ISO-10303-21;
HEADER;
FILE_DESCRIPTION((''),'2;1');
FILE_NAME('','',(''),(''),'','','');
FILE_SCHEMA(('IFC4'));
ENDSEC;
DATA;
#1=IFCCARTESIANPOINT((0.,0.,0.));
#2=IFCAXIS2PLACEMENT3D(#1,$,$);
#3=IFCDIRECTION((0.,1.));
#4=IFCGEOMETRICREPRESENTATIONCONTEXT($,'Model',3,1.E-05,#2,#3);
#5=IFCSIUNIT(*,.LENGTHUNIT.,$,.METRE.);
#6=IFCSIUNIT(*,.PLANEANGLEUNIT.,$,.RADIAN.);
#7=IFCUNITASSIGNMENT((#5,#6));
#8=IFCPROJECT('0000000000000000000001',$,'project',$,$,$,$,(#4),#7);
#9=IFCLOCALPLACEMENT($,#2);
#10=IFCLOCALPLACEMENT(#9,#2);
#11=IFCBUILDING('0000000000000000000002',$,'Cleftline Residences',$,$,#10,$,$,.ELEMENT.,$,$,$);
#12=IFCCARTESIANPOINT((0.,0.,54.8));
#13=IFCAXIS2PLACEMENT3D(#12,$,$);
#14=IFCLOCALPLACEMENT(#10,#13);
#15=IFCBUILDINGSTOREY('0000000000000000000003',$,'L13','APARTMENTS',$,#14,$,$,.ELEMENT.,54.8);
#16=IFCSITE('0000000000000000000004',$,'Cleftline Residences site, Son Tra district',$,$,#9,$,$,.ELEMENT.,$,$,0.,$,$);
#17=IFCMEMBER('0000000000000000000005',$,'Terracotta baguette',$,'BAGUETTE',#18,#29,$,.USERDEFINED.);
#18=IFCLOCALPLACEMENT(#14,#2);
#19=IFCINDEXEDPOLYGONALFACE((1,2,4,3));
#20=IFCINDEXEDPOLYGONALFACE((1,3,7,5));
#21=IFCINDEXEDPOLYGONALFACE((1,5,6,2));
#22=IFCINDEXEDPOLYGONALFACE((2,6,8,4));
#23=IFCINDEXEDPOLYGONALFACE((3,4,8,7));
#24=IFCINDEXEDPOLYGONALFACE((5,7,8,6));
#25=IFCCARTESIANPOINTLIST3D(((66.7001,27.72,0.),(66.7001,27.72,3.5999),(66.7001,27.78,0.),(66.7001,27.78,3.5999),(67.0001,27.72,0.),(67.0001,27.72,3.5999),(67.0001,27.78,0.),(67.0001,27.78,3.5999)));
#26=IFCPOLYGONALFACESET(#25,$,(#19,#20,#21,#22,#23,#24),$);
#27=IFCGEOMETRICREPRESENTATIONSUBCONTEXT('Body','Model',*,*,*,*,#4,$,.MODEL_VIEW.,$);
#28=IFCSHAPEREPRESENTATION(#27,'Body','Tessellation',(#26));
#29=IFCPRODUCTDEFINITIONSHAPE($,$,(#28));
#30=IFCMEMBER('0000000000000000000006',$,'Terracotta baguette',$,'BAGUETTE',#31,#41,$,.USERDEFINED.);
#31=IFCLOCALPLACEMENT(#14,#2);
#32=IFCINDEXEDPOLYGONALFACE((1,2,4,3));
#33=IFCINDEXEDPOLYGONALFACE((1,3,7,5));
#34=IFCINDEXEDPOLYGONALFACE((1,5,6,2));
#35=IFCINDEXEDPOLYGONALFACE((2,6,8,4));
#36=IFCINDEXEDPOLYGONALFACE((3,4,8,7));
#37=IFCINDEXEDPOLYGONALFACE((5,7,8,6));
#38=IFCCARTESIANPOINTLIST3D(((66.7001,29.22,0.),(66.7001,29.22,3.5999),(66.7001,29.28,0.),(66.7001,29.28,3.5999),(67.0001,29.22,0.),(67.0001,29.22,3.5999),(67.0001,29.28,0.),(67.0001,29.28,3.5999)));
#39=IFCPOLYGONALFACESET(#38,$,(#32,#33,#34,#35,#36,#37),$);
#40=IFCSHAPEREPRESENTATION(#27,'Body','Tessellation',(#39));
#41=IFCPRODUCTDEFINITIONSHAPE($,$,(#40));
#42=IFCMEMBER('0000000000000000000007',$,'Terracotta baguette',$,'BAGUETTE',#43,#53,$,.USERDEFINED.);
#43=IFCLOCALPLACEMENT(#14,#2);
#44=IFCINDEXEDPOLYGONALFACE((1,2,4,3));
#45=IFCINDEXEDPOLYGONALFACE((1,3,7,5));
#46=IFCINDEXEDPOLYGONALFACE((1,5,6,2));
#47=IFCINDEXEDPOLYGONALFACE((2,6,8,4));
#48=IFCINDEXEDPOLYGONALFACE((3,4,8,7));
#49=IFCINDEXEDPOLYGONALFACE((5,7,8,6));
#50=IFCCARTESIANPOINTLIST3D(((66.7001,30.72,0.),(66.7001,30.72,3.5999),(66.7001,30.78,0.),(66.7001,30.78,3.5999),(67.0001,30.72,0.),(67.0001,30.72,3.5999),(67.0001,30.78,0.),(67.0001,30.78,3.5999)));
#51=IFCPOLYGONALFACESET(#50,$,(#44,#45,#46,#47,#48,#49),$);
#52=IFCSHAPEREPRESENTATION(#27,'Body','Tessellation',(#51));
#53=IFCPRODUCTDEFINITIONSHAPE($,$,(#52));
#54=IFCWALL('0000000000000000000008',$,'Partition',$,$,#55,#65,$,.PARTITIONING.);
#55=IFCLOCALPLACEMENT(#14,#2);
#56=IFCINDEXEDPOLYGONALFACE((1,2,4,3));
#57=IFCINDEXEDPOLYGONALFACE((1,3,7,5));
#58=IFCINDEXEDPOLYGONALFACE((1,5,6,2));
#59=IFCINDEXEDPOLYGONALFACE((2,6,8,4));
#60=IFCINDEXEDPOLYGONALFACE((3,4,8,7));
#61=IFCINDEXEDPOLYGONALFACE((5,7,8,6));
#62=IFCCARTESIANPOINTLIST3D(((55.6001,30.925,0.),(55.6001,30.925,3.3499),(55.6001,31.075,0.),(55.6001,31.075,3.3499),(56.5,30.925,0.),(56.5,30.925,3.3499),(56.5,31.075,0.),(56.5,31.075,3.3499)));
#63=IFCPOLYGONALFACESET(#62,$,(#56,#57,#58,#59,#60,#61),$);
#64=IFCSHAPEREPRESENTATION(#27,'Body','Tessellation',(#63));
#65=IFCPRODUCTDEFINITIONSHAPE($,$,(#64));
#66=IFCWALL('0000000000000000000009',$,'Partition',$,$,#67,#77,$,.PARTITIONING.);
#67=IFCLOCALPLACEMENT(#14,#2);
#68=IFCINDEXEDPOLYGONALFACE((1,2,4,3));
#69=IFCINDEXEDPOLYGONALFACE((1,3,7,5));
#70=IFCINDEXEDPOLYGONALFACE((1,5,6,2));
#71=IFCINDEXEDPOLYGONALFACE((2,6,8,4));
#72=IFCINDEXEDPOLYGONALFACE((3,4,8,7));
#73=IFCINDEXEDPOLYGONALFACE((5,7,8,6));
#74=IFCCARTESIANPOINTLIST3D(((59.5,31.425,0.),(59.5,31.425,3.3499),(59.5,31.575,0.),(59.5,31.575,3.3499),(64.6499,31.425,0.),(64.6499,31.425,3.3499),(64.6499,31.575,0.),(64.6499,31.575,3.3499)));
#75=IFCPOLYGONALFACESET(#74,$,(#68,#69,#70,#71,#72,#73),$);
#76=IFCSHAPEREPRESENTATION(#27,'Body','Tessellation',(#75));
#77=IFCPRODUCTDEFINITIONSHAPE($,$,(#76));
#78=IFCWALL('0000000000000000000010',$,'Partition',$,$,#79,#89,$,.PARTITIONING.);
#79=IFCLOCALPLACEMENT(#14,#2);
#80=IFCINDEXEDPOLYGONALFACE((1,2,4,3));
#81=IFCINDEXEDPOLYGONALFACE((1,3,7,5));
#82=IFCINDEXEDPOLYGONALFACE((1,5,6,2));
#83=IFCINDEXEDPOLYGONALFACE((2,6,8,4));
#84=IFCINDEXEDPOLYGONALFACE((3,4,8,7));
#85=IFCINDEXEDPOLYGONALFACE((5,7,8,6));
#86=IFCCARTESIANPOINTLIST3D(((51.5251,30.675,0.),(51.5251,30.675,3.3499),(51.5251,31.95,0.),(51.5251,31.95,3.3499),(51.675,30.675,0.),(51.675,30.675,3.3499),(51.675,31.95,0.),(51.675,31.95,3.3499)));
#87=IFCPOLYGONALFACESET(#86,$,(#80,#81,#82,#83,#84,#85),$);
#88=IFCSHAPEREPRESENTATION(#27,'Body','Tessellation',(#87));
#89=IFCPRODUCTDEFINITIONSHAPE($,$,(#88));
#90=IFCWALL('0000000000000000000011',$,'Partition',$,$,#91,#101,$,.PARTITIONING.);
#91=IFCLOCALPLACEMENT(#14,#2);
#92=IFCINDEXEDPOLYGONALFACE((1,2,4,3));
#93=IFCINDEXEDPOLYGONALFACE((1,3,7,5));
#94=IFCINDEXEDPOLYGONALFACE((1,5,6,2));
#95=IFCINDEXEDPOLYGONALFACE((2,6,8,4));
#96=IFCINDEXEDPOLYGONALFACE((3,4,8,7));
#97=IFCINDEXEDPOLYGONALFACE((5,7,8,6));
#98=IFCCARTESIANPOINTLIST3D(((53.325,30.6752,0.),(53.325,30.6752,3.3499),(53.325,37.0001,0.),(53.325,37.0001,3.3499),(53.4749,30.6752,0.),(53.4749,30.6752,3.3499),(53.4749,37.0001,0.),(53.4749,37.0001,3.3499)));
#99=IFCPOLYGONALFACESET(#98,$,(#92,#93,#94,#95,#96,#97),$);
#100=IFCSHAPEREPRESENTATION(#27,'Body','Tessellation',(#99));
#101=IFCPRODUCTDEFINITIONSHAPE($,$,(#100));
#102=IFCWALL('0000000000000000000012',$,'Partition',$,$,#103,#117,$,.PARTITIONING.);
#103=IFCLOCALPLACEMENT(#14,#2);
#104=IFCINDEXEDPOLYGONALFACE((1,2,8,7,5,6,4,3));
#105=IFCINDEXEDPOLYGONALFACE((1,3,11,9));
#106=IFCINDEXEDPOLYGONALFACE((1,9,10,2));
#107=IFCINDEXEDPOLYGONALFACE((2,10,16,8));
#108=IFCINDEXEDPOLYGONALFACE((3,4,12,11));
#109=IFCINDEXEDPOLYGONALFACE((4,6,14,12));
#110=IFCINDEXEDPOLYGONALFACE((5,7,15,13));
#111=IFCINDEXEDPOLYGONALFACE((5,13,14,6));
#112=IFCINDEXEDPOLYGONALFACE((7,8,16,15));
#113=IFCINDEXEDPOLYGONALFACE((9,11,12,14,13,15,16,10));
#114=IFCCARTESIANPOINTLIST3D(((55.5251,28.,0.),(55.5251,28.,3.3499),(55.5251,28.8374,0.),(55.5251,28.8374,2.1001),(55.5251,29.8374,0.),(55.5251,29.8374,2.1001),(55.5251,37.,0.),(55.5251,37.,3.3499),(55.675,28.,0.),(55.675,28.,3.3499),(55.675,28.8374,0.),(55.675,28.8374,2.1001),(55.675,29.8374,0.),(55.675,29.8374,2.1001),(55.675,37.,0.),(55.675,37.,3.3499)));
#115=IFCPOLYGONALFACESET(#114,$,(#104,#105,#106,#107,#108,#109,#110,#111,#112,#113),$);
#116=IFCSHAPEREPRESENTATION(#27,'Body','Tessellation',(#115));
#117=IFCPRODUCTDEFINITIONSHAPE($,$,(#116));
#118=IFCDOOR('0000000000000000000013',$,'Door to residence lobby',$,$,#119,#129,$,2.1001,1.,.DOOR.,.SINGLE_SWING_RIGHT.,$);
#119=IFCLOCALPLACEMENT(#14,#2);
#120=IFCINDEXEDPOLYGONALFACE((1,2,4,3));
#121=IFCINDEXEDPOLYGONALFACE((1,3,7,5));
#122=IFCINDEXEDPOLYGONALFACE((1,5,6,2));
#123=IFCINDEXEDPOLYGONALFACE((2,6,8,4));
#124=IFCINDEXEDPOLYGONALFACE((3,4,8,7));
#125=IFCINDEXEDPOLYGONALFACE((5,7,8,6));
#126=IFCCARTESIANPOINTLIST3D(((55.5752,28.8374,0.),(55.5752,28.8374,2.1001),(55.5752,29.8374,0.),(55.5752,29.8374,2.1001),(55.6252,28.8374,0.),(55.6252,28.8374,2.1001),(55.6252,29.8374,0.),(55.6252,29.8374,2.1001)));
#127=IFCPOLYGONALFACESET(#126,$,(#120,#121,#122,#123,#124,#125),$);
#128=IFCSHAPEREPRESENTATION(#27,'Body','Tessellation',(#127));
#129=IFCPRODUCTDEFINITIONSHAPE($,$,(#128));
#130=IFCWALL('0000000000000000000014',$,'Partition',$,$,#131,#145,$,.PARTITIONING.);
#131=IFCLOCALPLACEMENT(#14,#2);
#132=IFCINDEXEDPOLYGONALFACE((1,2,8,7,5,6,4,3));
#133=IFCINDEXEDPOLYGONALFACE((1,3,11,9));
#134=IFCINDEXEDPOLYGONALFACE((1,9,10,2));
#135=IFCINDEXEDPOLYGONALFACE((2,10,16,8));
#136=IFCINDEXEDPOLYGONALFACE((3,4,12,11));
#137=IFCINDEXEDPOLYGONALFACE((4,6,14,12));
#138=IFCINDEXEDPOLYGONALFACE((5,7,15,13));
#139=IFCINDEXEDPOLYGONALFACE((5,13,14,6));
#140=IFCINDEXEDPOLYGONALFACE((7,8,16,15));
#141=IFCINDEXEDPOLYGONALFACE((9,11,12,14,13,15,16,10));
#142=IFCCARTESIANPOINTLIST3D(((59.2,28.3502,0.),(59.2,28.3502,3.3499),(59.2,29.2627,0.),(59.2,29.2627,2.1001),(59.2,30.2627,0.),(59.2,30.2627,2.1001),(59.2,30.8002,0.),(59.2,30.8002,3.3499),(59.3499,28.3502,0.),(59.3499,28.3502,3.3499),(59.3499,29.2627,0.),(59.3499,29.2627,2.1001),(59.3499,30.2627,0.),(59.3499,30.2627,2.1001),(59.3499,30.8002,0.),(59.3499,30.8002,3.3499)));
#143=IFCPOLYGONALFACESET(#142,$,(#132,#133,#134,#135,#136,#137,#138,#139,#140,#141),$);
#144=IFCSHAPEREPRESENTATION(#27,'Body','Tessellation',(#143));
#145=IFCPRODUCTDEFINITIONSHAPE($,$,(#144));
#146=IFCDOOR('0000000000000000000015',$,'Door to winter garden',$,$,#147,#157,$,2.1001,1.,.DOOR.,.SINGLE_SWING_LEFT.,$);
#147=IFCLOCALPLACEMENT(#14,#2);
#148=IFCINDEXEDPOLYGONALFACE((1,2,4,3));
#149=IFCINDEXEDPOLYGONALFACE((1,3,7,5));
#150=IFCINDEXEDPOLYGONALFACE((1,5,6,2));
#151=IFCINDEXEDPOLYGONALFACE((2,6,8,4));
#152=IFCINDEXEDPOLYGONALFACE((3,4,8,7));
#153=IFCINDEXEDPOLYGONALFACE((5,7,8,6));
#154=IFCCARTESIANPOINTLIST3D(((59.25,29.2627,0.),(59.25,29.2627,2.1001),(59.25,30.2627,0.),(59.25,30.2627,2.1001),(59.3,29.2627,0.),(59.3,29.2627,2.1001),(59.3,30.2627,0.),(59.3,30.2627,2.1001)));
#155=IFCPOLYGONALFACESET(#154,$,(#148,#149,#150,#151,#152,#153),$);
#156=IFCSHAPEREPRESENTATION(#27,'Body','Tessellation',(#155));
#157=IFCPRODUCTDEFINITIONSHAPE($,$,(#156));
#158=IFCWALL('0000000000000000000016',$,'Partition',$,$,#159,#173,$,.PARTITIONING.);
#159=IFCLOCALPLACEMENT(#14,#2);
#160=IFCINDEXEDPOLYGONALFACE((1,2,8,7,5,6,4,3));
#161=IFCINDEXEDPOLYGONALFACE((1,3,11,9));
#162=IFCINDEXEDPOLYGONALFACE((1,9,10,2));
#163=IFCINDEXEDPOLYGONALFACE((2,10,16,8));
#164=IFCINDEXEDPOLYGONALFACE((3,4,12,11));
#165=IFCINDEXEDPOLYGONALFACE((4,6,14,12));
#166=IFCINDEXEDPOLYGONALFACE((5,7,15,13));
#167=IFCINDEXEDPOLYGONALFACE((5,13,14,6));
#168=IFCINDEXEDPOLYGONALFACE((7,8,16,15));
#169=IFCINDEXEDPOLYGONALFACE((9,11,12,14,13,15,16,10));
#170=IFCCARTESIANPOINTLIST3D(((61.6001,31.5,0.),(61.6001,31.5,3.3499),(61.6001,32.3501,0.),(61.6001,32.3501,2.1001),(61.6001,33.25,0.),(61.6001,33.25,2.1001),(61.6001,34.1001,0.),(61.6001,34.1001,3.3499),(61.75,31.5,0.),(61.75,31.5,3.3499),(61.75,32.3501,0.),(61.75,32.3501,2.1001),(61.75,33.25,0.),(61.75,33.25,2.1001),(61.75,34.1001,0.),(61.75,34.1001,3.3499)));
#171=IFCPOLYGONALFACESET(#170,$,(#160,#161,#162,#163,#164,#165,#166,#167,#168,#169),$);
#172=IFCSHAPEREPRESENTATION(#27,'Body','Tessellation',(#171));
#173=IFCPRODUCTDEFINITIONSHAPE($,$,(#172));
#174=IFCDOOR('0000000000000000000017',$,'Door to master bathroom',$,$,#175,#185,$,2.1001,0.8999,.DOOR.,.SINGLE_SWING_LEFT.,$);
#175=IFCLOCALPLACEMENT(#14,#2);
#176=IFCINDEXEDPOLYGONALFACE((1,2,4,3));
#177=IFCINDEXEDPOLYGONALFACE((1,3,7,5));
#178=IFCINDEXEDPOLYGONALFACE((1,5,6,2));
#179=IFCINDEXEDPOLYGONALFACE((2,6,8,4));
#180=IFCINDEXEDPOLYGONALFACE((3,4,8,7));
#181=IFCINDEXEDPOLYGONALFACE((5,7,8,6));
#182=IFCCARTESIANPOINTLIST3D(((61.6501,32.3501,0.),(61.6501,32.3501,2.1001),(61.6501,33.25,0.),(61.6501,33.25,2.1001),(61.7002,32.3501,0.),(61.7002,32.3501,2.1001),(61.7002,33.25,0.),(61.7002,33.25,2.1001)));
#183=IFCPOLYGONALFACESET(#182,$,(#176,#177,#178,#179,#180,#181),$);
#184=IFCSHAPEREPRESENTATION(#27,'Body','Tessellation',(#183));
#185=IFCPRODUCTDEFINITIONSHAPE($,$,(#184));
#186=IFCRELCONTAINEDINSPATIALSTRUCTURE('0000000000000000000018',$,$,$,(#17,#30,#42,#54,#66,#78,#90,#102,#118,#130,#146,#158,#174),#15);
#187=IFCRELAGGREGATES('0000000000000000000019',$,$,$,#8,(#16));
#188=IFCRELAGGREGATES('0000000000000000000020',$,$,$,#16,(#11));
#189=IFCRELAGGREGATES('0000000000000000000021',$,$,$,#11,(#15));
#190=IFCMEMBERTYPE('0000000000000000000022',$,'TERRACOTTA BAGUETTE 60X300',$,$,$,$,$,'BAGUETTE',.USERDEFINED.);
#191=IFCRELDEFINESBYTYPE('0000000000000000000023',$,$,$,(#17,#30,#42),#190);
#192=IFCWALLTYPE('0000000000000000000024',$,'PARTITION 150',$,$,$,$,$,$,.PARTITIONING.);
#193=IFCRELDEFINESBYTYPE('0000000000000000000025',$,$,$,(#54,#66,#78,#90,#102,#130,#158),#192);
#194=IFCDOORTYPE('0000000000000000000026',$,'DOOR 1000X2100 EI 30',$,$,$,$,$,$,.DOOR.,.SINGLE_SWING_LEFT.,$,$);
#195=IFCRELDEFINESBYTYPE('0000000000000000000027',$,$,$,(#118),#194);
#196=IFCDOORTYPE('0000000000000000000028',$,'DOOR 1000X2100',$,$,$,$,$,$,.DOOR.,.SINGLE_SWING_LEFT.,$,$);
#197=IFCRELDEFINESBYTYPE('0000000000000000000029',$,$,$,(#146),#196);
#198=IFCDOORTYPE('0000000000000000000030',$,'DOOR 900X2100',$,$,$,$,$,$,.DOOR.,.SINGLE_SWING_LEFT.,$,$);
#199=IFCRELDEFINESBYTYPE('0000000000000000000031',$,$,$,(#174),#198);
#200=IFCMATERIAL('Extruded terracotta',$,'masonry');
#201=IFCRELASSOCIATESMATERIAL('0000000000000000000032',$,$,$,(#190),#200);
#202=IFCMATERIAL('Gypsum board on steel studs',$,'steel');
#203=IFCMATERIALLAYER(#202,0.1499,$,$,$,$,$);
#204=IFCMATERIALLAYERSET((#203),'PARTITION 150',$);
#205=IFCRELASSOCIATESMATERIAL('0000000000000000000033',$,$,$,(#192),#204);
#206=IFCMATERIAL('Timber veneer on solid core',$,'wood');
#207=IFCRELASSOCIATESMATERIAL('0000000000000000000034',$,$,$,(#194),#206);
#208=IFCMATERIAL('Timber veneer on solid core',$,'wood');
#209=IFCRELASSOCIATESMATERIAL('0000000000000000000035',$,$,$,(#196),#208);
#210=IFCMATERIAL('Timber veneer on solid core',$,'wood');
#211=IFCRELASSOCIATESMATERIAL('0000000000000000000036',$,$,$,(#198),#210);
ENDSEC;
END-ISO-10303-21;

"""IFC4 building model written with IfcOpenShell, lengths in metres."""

from ifc_helpers import new_model, si_unit, direction, frame, frame_2d, origin, origin_2d, place, context, subcontext, project, spatial, rectangle, extrude, material, layer, layer_set, material_profile, profile_set, type_object, element, fill, save


model = new_model("IFC4")

# Units and contexts
model_context = context("Model", 3, precision=1e-05, world=origin(), true_north=direction((0.0, 1.0)))
body_context = subcontext(model_context, "Body", "Model", "MODEL_VIEW")
ifc_project = project(units=[si_unit("LENGTHUNIT", "METRE"), si_unit("PLANEANGLEUNIT", "RADIAN")], contexts=[model_context])

# Site, building, storey
site_placement = place(None, origin())
site = spatial("IfcSite", under=ifc_project, at=site_placement, Name="Cleftline Residences site, Son Tra district", CompositionType="ELEMENT", RefElevation=0.0)
building_placement = place(site_placement, origin())
building = spatial("IfcBuilding", under=site, at=building_placement, Name="Cleftline Residences", CompositionType="ELEMENT")
storey_placement = place(building_placement, frame((0.0, 0.0, 54.8)))
storey = spatial("IfcBuildingStorey", under=building, at=storey_placement, Name="L13", Description="APARTMENTS", CompositionType="ELEMENT", Elevation=54.8)

# Members
ifc_material_1 = material(Name="Extruded terracotta", Category="masonry")
ifc_material_profile_1 = material_profile(ifc_material_1, rectangle(XDim=0.0601, YDim=0.3, at=origin_2d()))
ifc_profile_set_1 = profile_set([ifc_material_profile_1], Name="Extruded terracotta")
member_type_1 = type_object("IfcMemberType", Name="TERRACOTTA BAGUETTE 60X300", ElementType="BAGUETTE", PredefinedType="USERDEFINED", material=ifc_profile_set_1)
for number, where, z_axis, x_axis, name in (
    (1, (66.8501, 27.75, 0.0), (0.0, 0.0, 1.0), (0.0, 1.0, 0.0), "Terracotta baguette"),
    (2, (66.8501, 29.25, 0.0), (0.0, 0.0, 1.0), (0.0, 1.0, 0.0), "Terracotta baguette"),
    (3, (66.8501, 30.75, 0.0), (0.0, 0.0, 1.0), (0.0, 1.0, 0.0), "Terracotta baguette"),
):
    element("IfcMember", number, at=place(storey_placement, frame(where, z_axis=z_axis, x_axis=x_axis)), inside=storey, type_object=member_type_1, Name=name, ObjectType="BAGUETTE", PredefinedType="USERDEFINED", context=body_context, shape_type="SweptSolid", body=[
        extrude(rectangle(XDim=0.0601, YDim=0.3, at=origin_2d()), origin(), (0.0, 0.0, 1.0), 3.5999),
    ])

# Walls
ifc_material_2 = material(Name="Gypsum board on steel studs", Category="steel")
ifc_layer_1 = layer(ifc_material_2, 0.1499)
ifc_layer_set_1 = layer_set([ifc_layer_1], Name="PARTITION 150")
wall_type_1 = type_object("IfcWallType", Name="PARTITION 150", PredefinedType="PARTITIONING", material=ifc_layer_set_1)
wall_1_placement = place(storey_placement, frame((55.6001, 31.0, 0.0), z_axis=(0.0, 0.0, 1.0), x_axis=(1.0, 0.0, 0.0)))
element("IfcWall", 4, at=wall_1_placement, inside=storey, type_object=wall_type_1, Name="Partition", PredefinedType="PARTITIONING", context=body_context, shape_type="SweptSolid", body=[
    extrude(rectangle(XDim=0.8999, YDim=0.1499, at=frame_2d((0.45, 0.0))), origin(), (0.0, 0.0, 1.0), 3.3499),
])
wall_2_placement = place(storey_placement, frame((59.5, 31.5, 0.0), z_axis=(0.0, 0.0, 1.0), x_axis=(1.0, 0.0, 0.0)))
element("IfcWall", 5, at=wall_2_placement, inside=storey, type_object=wall_type_1, Name="Partition", PredefinedType="PARTITIONING", context=body_context, shape_type="SweptSolid", body=[
    extrude(rectangle(XDim=5.1499, YDim=0.1499, at=frame_2d((2.575, 0.0))), origin(), (0.0, 0.0, 1.0), 3.3499),
])
wall_3_placement = place(storey_placement, frame((51.6001, 30.675, 0.0), z_axis=(0.0, 0.0, 1.0), x_axis=(0.0, 1.0, 0.0)))
element("IfcWall", 6, at=wall_3_placement, inside=storey, type_object=wall_type_1, Name="Partition", PredefinedType="PARTITIONING", context=body_context, shape_type="SweptSolid", body=[
    extrude(rectangle(XDim=1.2749, YDim=0.1499, at=frame_2d((0.6375, 0.0))), origin(), (0.0, 0.0, 1.0), 3.3499),
])
wall_4_placement = place(storey_placement, frame((53.3999, 30.675, 0.0), z_axis=(0.0, 0.0, 1.0), x_axis=(0.0, 1.0, 0.0)))
element("IfcWall", 7, at=wall_4_placement, inside=storey, type_object=wall_type_1, Name="Partition", PredefinedType="PARTITIONING", context=body_context, shape_type="SweptSolid", body=[
    extrude(rectangle(XDim=6.325, YDim=0.1499, at=frame_2d((3.1626, 0.0))), origin(), (0.0, 0.0, 1.0), 3.3499),
])

# Walls, openings, doors
wall_5_placement = place(storey_placement, frame((55.6001, 28.0, 0.0), z_axis=(0.0, 0.0, 1.0), x_axis=(0.0, 1.0, 0.0)))
wall_5 = element("IfcWall", 8, at=wall_5_placement, inside=storey, type_object=wall_type_1, Name="Partition", PredefinedType="PARTITIONING", context=body_context, shape_type="SweptSolid", body=[
    extrude(rectangle(XDim=9.0, YDim=0.1499, at=frame_2d((4.5, 0.0))), origin(), (0.0, 0.0, 1.0), 3.3499),
])
opening_1_placement = place(wall_5_placement, frame((0.8374, 0.0, 0.0)))
opening_1 = element("IfcOpeningElement", 9, at=opening_1_placement, cuts=wall_5, PredefinedType="OPENING", context=body_context, shape_type="SweptSolid", body=[
    extrude(rectangle(XDim=1.0, YDim=2.1001, at=frame_2d((0.5, 1.05))), frame((0.0, 0.085, 0.0), z_axis=(0.0, -1.0, 0.0), x_axis=(1.0, 0.0, 0.0)), (0.0, 0.0, 1.0), 0.1699),
])
ifc_material_3 = material(Name="Timber veneer on solid core", Category="wood")
door_type_1 = type_object("IfcDoorType", Name="DOOR 1000X2100 EI 30", OperationType="SINGLE_SWING_LEFT", PredefinedType="DOOR", material=ifc_material_3)
door_1_placement = place(opening_1_placement, origin())
door_1 = element("IfcDoor", 10, at=door_1_placement, inside=storey, type_object=door_type_1, Name="Door to residence lobby", OperationType="SINGLE_SWING_RIGHT", OverallHeight=2.1001, OverallWidth=1.0, PredefinedType="DOOR", context=body_context, shape_type="SweptSolid", body=[
    extrude(rectangle(XDim=1.0, YDim=2.1001, at=frame_2d((0.5, 1.05))), frame((0.0, 0.0249, 0.0), z_axis=(0.0, -1.0, 0.0), x_axis=(1.0, 0.0, 0.0)), (0.0, 0.0, 1.0), 0.05),
])
fill(opening_1, door_1)
wall_6_placement = place(storey_placement, frame((59.2749, 28.3501, 0.0), z_axis=(0.0, 0.0, 1.0), x_axis=(0.0, 1.0, 0.0)))
wall_6 = element("IfcWall", 11, at=wall_6_placement, inside=storey, type_object=wall_type_1, Name="Partition", PredefinedType="PARTITIONING", context=body_context, shape_type="SweptSolid", body=[
    extrude(rectangle(XDim=2.45, YDim=0.1499, at=frame_2d((1.2251, 0.0))), origin(), (0.0, 0.0, 1.0), 3.3499),
])
opening_2_placement = place(wall_6_placement, frame((0.9126, 0.0, 0.0)))
opening_2 = element("IfcOpeningElement", 12, at=opening_2_placement, cuts=wall_6, PredefinedType="OPENING", context=body_context, shape_type="SweptSolid", body=[
    extrude(rectangle(XDim=1.0, YDim=2.1001, at=frame_2d((0.5, 1.05))), frame((0.0, 0.085, 0.0), z_axis=(0.0, -1.0, 0.0), x_axis=(1.0, 0.0, 0.0)), (0.0, 0.0, 1.0), 0.1699),
])
ifc_material_4 = material(Name="Timber veneer on solid core", Category="wood")
door_type_2 = type_object("IfcDoorType", Name="DOOR 1000X2100", OperationType="SINGLE_SWING_LEFT", PredefinedType="DOOR", material=ifc_material_4)
door_2_placement = place(opening_2_placement, origin())
door_2 = element("IfcDoor", 13, at=door_2_placement, inside=storey, type_object=door_type_2, Name="Door to winter garden", OperationType="SINGLE_SWING_LEFT", OverallHeight=2.1001, OverallWidth=1.0, PredefinedType="DOOR", context=body_context, shape_type="SweptSolid", body=[
    extrude(rectangle(XDim=1.0, YDim=2.1001, at=frame_2d((0.5, 1.05))), frame((0.0, 0.0249, 0.0), z_axis=(0.0, -1.0, 0.0), x_axis=(1.0, 0.0, 0.0)), (0.0, 0.0, 1.0), 0.05),
])
fill(opening_2, door_2)
wall_7_placement = place(storey_placement, frame((61.675, 31.5, 0.0), z_axis=(0.0, 0.0, 1.0), x_axis=(0.0, 1.0, 0.0)))
wall_7 = element("IfcWall", 14, at=wall_7_placement, inside=storey, type_object=wall_type_1, Name="Partition", PredefinedType="PARTITIONING", context=body_context, shape_type="SweptSolid", body=[
    extrude(rectangle(XDim=2.6001, YDim=0.1499, at=frame_2d((1.3, 0.0))), origin(), (0.0, 0.0, 1.0), 3.3499),
])
opening_3_placement = place(wall_7_placement, frame((0.8501, 0.0, 0.0)))
opening_3 = element("IfcOpeningElement", 15, at=opening_3_placement, cuts=wall_7, PredefinedType="OPENING", context=body_context, shape_type="SweptSolid", body=[
    extrude(rectangle(XDim=0.8999, YDim=2.1001, at=frame_2d((0.45, 1.05))), frame((0.0, 0.085, 0.0), z_axis=(0.0, -1.0, 0.0), x_axis=(1.0, 0.0, 0.0)), (0.0, 0.0, 1.0), 0.1699),
])
ifc_material_5 = material(Name="Timber veneer on solid core", Category="wood")
door_type_3 = type_object("IfcDoorType", Name="DOOR 900X2100", OperationType="SINGLE_SWING_LEFT", PredefinedType="DOOR", material=ifc_material_5)
door_3_placement = place(opening_3_placement, origin())
door_3 = element("IfcDoor", 16, at=door_3_placement, inside=storey, type_object=door_type_3, Name="Door to master bathroom", OperationType="SINGLE_SWING_LEFT", OverallHeight=2.1001, OverallWidth=0.8999, PredefinedType="DOOR", context=body_context, shape_type="SweptSolid", body=[
    extrude(rectangle(XDim=0.8999, YDim=2.1001, at=frame_2d((0.45, 1.05))), frame((0.0, 0.0249, 0.0), z_axis=(0.0, -1.0, 0.0), x_axis=(1.0, 0.0, 0.0)), (0.0, 0.0, 1.0), 0.05),
])
fill(opening_3, door_3)

save(model, "model.ifc")
